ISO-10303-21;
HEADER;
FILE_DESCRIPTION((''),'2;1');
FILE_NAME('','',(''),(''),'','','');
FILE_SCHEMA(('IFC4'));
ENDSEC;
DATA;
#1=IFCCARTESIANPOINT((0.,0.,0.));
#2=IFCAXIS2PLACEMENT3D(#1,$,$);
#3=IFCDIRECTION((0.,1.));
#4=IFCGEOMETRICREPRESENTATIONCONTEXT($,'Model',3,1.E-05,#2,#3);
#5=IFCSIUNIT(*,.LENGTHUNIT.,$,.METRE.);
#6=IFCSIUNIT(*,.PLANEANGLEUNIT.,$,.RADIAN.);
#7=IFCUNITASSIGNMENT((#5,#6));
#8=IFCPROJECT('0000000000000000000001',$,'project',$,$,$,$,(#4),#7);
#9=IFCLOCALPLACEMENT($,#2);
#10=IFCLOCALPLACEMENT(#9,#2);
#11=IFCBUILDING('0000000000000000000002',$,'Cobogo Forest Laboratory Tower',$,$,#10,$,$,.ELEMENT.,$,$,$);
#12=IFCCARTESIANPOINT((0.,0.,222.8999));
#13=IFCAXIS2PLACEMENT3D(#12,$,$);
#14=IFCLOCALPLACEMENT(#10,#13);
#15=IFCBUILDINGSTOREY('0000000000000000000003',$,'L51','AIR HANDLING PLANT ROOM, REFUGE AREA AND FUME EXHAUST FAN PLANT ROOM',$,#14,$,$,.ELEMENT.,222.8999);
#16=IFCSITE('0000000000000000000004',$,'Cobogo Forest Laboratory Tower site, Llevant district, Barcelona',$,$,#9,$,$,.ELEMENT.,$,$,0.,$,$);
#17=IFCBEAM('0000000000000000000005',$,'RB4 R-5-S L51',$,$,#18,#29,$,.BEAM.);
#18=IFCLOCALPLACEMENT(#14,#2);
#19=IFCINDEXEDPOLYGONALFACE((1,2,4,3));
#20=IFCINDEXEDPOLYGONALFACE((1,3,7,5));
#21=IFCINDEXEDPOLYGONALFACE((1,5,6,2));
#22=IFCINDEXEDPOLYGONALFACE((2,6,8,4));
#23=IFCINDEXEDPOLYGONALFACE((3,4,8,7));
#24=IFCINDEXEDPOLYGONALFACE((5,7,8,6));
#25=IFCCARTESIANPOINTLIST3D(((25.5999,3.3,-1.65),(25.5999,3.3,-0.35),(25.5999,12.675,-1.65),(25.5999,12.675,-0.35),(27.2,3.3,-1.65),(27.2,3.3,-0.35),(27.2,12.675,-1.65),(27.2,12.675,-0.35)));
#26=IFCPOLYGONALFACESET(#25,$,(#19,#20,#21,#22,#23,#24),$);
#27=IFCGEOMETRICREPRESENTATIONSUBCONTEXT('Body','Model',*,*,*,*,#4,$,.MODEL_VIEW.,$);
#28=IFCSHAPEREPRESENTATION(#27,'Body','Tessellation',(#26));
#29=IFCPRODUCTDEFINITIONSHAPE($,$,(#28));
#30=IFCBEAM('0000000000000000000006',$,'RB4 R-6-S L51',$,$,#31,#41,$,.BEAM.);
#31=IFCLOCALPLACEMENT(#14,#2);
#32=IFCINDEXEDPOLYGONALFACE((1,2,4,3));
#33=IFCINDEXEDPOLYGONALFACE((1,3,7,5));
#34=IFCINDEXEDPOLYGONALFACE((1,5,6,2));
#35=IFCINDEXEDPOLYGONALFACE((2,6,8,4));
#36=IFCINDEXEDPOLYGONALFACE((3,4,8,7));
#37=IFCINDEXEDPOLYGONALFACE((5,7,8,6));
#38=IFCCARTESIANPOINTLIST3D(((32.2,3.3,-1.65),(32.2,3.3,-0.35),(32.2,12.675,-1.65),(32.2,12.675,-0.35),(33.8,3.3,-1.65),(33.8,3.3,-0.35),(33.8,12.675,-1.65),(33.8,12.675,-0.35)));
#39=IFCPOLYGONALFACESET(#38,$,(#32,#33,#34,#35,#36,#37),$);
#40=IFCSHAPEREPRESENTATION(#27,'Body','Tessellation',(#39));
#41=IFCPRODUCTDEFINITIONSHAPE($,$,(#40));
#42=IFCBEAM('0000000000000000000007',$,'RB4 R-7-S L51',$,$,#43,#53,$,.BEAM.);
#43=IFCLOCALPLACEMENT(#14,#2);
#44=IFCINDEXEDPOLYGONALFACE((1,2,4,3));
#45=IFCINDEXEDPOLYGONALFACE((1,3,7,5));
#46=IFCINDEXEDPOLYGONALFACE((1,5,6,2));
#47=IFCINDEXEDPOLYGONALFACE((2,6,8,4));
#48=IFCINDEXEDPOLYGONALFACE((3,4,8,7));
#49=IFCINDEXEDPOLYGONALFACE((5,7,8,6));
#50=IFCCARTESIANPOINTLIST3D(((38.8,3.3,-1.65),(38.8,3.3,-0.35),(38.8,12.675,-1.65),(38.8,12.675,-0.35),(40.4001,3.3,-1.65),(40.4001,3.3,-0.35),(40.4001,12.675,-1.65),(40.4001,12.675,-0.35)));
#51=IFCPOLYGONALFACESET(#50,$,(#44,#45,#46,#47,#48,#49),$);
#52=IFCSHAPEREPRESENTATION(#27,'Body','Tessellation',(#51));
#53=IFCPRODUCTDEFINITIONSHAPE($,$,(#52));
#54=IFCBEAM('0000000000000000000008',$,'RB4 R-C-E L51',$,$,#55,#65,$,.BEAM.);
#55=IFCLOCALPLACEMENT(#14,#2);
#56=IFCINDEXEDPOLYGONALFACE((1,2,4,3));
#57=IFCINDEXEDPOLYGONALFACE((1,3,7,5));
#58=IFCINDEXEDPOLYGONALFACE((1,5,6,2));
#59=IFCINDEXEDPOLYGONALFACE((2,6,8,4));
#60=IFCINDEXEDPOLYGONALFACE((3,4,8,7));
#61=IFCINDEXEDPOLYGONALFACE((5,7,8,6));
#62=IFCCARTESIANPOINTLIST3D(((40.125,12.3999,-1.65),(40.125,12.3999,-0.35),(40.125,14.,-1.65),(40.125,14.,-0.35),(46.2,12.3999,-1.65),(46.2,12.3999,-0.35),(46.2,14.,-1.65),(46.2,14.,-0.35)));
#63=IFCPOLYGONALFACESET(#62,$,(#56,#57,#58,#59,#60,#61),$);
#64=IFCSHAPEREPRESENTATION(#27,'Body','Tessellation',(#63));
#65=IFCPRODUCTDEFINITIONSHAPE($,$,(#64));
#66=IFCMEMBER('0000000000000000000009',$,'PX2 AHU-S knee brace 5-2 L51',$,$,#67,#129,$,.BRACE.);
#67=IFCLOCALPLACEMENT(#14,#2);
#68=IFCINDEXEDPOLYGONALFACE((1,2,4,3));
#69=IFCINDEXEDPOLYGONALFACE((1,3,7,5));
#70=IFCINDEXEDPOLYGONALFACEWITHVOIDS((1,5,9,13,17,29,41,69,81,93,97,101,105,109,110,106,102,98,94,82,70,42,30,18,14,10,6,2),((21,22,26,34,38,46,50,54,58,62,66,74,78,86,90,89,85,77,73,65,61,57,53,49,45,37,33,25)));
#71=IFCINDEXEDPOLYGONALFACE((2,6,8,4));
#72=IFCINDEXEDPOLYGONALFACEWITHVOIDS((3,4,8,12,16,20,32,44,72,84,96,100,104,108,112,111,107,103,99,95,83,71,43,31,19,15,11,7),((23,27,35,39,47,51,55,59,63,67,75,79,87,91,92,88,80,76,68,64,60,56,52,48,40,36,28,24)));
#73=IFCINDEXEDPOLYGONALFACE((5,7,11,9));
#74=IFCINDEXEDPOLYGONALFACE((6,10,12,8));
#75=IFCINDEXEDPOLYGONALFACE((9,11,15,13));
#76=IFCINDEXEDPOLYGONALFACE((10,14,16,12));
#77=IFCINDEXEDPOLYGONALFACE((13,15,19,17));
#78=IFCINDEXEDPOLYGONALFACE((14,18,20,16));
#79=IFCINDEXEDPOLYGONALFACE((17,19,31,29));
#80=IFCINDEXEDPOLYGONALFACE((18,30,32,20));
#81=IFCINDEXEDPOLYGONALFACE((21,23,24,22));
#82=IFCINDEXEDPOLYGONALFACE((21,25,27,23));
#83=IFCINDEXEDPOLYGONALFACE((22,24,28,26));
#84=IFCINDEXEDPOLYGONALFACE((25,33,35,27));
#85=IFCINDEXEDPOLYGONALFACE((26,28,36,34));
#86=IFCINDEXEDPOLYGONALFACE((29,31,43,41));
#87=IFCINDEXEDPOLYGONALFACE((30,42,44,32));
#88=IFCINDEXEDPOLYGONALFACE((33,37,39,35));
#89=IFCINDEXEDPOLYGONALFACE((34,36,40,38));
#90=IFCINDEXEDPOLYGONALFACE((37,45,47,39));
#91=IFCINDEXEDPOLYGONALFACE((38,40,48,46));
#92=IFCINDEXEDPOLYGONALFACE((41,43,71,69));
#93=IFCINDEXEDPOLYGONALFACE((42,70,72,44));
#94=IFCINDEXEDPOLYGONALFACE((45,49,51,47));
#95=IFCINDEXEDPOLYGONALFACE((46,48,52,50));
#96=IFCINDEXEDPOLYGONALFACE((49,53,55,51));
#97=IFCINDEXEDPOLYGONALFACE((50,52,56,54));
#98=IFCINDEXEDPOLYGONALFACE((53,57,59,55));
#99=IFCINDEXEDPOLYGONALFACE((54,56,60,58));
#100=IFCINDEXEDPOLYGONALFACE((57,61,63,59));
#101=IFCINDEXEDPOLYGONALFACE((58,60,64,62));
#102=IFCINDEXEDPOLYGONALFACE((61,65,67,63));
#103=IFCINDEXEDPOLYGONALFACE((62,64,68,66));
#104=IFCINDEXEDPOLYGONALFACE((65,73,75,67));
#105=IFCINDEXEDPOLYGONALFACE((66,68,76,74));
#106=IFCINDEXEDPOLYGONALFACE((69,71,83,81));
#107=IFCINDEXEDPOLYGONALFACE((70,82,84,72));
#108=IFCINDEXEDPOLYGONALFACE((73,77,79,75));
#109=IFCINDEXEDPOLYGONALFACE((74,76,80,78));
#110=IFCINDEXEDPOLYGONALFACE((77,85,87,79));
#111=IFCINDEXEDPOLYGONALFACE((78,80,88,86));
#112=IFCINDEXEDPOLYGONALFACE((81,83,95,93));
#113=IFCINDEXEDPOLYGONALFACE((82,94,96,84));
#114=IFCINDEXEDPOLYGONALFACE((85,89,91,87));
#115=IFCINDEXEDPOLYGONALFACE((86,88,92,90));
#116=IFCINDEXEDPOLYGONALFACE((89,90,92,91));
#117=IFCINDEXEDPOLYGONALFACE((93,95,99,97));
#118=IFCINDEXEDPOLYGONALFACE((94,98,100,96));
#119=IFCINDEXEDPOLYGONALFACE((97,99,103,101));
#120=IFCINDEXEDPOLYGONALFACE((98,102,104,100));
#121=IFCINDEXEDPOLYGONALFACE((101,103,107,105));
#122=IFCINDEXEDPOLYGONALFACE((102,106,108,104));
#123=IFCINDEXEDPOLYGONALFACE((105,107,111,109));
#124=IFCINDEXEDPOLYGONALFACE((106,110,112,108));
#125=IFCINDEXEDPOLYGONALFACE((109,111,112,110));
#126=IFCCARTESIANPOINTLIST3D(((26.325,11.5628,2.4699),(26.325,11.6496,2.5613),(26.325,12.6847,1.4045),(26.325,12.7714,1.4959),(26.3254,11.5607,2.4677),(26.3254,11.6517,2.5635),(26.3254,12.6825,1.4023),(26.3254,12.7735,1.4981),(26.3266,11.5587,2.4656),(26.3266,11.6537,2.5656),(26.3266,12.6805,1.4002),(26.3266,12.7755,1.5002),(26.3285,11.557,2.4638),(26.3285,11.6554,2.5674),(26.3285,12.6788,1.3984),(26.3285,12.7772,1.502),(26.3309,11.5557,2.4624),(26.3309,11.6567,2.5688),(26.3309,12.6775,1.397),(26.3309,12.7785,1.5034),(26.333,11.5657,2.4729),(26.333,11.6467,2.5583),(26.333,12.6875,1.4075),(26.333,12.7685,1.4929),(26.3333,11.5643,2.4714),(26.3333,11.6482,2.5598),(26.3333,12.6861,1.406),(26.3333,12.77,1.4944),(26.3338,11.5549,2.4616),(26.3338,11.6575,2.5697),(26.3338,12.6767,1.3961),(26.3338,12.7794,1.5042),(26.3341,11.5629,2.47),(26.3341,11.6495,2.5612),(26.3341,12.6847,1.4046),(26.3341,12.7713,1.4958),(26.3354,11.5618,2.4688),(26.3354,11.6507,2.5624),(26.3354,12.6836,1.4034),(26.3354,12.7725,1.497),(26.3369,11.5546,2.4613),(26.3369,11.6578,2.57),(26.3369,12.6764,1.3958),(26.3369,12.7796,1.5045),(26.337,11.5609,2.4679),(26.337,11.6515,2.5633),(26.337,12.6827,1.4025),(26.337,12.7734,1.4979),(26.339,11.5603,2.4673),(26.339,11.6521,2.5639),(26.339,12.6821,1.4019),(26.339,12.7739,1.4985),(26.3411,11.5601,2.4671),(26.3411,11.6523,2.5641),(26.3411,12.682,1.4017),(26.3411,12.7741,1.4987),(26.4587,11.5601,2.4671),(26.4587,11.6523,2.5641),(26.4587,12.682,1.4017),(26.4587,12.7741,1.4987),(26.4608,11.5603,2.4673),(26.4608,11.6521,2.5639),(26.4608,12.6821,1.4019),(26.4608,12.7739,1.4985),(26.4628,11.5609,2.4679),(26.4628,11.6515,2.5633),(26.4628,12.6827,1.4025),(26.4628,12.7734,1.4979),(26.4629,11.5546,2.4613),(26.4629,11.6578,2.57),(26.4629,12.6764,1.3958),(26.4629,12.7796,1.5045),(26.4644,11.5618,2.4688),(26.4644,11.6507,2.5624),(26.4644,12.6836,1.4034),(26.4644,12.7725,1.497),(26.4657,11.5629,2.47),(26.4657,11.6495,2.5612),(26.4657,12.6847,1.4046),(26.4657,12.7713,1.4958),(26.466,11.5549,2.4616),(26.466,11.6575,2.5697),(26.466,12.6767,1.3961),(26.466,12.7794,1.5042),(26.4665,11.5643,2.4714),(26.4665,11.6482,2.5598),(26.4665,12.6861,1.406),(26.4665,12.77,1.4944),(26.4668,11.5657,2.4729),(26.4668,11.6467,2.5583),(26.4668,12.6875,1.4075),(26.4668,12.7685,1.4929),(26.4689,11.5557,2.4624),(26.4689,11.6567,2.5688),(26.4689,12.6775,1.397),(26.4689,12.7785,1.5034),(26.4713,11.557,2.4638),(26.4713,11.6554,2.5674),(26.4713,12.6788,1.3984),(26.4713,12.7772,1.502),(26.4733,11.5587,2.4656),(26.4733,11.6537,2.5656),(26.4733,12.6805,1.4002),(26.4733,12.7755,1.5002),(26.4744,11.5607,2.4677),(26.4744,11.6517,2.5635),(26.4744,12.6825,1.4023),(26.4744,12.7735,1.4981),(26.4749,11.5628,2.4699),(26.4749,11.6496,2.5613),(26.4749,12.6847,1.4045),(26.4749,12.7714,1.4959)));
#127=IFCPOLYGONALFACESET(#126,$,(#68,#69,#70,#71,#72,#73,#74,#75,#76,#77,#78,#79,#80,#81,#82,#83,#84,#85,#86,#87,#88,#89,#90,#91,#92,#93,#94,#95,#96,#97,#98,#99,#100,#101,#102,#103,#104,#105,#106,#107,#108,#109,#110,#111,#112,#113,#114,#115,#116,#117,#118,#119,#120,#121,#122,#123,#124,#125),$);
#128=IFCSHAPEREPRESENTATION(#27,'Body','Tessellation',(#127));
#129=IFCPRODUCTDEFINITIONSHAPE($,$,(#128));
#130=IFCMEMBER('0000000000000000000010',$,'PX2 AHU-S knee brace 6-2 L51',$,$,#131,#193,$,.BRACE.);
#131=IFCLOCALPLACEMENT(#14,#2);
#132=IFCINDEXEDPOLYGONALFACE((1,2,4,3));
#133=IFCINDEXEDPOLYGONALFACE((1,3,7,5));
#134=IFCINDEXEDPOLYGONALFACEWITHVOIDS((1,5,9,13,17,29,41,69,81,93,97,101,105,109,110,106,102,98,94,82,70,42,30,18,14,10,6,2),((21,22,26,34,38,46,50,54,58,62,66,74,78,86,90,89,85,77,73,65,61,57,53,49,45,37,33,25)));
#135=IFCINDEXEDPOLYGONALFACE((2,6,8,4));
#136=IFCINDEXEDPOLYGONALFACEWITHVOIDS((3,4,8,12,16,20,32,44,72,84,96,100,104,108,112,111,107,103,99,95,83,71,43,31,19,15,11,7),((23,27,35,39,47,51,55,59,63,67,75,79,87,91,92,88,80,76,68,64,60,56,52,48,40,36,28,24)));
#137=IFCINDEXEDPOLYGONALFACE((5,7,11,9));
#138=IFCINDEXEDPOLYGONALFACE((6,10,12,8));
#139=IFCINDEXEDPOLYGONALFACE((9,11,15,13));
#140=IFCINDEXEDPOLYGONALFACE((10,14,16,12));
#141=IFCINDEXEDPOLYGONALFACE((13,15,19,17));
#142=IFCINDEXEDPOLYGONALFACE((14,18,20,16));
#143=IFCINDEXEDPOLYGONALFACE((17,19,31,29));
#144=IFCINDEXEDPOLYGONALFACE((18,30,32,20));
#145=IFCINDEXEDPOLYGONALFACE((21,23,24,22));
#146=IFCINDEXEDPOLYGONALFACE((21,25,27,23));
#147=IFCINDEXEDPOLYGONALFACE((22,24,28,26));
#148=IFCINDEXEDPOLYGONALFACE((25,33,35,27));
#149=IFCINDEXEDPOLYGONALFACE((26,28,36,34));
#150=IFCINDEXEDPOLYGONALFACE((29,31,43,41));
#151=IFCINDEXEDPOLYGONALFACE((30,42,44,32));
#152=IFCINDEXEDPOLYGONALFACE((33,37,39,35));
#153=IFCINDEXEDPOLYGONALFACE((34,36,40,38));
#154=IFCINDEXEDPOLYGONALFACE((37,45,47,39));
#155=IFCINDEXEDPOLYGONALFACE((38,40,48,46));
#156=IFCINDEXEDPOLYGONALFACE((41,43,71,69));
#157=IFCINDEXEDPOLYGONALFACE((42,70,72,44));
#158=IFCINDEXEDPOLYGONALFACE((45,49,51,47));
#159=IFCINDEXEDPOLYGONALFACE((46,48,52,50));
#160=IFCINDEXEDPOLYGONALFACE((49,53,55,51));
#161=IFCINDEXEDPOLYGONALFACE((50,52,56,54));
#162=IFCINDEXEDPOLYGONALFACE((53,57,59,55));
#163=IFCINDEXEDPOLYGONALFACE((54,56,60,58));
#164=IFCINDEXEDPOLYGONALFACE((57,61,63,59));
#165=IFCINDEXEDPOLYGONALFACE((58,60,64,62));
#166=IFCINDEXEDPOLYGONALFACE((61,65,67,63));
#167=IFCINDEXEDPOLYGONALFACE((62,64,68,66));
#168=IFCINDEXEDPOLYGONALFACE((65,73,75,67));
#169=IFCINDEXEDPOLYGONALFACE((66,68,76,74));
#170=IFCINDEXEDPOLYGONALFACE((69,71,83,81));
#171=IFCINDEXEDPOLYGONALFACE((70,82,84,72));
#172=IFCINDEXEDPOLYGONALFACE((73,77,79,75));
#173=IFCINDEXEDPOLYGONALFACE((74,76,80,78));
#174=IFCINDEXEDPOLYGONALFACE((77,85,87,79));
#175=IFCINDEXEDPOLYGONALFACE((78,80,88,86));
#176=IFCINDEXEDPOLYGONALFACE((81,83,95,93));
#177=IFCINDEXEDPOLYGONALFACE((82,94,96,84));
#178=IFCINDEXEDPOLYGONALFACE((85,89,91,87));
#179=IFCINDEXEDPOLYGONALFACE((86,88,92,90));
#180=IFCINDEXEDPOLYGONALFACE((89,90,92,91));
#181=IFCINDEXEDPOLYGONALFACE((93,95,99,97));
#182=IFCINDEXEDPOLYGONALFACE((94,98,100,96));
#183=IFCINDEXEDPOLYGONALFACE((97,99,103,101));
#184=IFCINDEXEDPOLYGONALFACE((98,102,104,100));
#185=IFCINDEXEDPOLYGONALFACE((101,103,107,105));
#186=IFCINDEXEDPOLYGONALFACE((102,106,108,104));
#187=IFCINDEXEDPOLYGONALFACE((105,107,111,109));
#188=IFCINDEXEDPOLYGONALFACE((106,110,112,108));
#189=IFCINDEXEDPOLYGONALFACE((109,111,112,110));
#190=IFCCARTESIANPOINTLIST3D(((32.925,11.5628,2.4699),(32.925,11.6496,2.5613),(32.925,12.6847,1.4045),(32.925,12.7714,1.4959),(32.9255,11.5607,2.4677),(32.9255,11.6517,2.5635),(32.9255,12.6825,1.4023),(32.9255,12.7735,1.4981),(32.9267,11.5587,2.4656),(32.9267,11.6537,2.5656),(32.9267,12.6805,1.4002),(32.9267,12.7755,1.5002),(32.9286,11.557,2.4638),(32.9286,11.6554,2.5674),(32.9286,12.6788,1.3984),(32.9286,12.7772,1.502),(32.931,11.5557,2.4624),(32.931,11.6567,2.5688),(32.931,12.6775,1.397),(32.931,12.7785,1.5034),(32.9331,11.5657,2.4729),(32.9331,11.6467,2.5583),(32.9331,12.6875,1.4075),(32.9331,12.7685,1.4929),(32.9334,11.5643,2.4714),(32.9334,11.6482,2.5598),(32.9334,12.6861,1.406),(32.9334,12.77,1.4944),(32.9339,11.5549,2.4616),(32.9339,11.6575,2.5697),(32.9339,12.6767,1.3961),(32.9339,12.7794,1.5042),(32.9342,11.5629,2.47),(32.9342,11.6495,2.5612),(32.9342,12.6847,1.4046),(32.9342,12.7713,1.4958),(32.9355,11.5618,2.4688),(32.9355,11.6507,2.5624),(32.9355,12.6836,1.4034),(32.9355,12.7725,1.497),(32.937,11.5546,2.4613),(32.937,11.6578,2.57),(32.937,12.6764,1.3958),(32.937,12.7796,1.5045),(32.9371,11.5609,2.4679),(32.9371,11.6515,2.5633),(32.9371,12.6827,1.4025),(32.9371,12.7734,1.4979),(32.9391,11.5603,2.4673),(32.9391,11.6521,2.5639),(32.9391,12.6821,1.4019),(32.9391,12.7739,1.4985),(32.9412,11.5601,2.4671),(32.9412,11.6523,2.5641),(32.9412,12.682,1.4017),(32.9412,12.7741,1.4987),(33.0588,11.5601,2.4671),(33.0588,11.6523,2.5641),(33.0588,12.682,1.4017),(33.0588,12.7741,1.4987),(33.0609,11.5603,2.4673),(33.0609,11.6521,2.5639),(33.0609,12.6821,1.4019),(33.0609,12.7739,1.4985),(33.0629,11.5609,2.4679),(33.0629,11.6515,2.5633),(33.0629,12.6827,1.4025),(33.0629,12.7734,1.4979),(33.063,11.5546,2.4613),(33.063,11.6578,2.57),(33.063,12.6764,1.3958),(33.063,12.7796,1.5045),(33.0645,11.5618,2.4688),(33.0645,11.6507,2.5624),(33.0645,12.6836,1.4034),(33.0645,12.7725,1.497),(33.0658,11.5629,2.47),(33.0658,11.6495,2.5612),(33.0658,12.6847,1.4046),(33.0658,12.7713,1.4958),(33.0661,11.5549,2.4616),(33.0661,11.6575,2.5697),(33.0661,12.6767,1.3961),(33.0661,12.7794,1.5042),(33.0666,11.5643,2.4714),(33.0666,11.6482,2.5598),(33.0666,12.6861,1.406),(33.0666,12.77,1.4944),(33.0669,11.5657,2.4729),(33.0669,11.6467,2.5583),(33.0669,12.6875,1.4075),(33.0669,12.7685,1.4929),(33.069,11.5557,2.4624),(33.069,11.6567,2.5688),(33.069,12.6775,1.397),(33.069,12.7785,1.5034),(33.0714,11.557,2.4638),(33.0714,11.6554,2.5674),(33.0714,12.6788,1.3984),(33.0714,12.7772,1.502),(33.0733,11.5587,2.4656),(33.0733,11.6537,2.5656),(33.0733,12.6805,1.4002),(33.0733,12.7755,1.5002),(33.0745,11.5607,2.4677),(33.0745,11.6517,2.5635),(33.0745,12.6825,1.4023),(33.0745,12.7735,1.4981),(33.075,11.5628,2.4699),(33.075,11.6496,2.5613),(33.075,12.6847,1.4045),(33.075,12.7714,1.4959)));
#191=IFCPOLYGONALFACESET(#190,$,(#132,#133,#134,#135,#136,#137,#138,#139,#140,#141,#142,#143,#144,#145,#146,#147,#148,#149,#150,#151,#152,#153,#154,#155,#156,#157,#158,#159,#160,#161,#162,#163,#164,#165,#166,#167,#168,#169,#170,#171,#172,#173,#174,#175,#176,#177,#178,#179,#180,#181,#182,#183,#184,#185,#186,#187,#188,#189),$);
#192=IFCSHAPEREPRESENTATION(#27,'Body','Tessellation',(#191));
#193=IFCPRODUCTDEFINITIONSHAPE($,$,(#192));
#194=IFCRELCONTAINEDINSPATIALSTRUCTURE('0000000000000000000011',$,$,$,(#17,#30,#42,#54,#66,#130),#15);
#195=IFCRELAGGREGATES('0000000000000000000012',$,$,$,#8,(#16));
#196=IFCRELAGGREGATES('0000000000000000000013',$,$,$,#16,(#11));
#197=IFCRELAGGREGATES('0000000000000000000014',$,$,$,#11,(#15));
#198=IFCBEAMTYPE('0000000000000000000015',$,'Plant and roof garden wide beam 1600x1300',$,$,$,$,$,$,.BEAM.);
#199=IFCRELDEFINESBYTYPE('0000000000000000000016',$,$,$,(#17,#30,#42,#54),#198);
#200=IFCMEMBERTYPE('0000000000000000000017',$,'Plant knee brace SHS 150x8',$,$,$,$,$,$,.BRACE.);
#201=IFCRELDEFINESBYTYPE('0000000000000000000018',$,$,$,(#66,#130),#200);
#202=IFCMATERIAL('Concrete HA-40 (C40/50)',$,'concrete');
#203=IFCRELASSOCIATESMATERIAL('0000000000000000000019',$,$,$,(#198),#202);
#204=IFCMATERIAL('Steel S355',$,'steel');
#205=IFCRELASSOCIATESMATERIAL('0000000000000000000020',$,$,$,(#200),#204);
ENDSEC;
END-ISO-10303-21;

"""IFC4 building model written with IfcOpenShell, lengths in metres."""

from ifc_helpers import new_model, si_unit, direction, frame, origin, origin_2d, place, context, subcontext, project, spatial, rectangle, hollow_rectangle, extrude, material, material_profile, profile_set, type_object, element, save


model = new_model("IFC4")

# Units and contexts
model_context = context("Model", 3, precision=1e-05, world=origin(), true_north=direction((0.0, 1.0)))
body_context = subcontext(model_context, "Body", "Model", "MODEL_VIEW")
ifc_project = project(units=[si_unit("LENGTHUNIT", "METRE"), si_unit("PLANEANGLEUNIT", "RADIAN")], contexts=[model_context])

# Site, building, storey
site_placement = place(None, origin())
site = spatial("IfcSite", under=ifc_project, at=site_placement, Name="Cobogo Forest Laboratory Tower site, Llevant district, Barcelona", CompositionType="ELEMENT", RefElevation=0.0)
building_placement = place(site_placement, origin())
building = spatial("IfcBuilding", under=site, at=building_placement, Name="Cobogo Forest Laboratory Tower", CompositionType="ELEMENT")
storey_placement = place(building_placement, frame((0.0, 0.0, 222.8999)))
storey = spatial("IfcBuildingStorey", under=building, at=storey_placement, Name="L51", Description="AIR HANDLING PLANT ROOM, REFUGE AREA AND FUME EXHAUST FAN PLANT ROOM", CompositionType="ELEMENT", Elevation=222.8999)

# Beams
ifc_material_1 = material(Name="Concrete HA-40 (C40/50)", Category="concrete")
ifc_material_profile_1 = material_profile(ifc_material_1, rectangle(XDim=1.6001, YDim=1.3, at=origin_2d()), Name="RC 1600x1300")
ifc_profile_set_1 = profile_set([ifc_material_profile_1], Name="Concrete HA-40 (C40/50)")
beam_type_1 = type_object("IfcBeamType", Name="Plant and roof garden wide beam 1600x1300", PredefinedType="BEAM", material=ifc_profile_set_1)
for number, where, z_axis, x_axis, name in (
    (1, (26.3999, 12.675, -1.0), (0.0, -1.0, 0.0), (1.0, 0.0, 0.0), "RB4 R-5-S L51"),
    (2, (33.0, 12.675, -1.0), (0.0, -1.0, 0.0), (1.0, 0.0, 0.0), "RB4 R-6-S L51"),
    (3, (39.6001, 12.675, -1.0), (0.0, -1.0, 0.0), (1.0, 0.0, 0.0), "RB4 R-7-S L51"),
):
    element("IfcBeam", number, at=place(storey_placement, frame(where, z_axis=z_axis, x_axis=x_axis)), inside=storey, type_object=beam_type_1, Name=name, PredefinedType="BEAM", context=body_context, shape_type="SweptSolid", body=[
        extrude(rectangle(XDim=1.6001, YDim=1.3, at=origin_2d()), origin(), (0.0, 0.0, 1.0), 9.375),
    ])
beam_placement = place(storey_placement, frame((40.125, 13.2, -1.0), z_axis=(1.0, 0.0, 0.0), x_axis=(0.0, 1.0, 0.0)))
element("IfcBeam", 4, at=beam_placement, inside=storey, type_object=beam_type_1, Name="RB4 R-C-E L51", PredefinedType="BEAM", context=body_context, shape_type="SweptSolid", body=[
    extrude(rectangle(XDim=1.6001, YDim=1.3, at=origin_2d()), origin(), (0.0, 0.0, 1.0), 6.075),
])

# Members
ifc_material_2 = material(Name="Steel S355", Category="steel")
ifc_material_profile_2 = material_profile(ifc_material_2, hollow_rectangle(XDim=0.1499, YDim=0.1499, WallThickness=0.0081, InnerFilletRadius=0.0081, OuterFilletRadius=0.012, at=origin_2d()), Name="SHS 150x8")
ifc_profile_set_2 = profile_set([ifc_material_profile_2], Name="Steel S355")
member_type = type_object("IfcMemberType", Name="Plant knee brace SHS 150x8", PredefinedType="BRACE", material=ifc_profile_set_2)
for number, where, z_axis, x_axis, name in (
    (5, (26.3999, 12.728, 1.4502), (0.0, -0.725098, 0.688646), (1.0, 0.0, 0.0), "PX2 AHU-S knee brace 5-2 L51"),
    (6, (33.0, 12.728, 1.4502), (0.0, -0.725098, 0.688646), (1.0, 0.0, 0.0), "PX2 AHU-S knee brace 6-2 L51"),
):
    element("IfcMember", number, at=place(storey_placement, frame(where, z_axis=z_axis, x_axis=x_axis)), inside=storey, type_object=member_type, Name=name, PredefinedType="BRACE", context=body_context, shape_type="SweptSolid", body=[
        extrude(hollow_rectangle(XDim=0.1499, YDim=0.1499, WallThickness=0.0081, InnerFilletRadius=0.0081, OuterFilletRadius=0.012, at=origin_2d()), origin(), (0.0, 0.0, 1.0), 1.5471),
    ])

save(model, "model.ifc")
